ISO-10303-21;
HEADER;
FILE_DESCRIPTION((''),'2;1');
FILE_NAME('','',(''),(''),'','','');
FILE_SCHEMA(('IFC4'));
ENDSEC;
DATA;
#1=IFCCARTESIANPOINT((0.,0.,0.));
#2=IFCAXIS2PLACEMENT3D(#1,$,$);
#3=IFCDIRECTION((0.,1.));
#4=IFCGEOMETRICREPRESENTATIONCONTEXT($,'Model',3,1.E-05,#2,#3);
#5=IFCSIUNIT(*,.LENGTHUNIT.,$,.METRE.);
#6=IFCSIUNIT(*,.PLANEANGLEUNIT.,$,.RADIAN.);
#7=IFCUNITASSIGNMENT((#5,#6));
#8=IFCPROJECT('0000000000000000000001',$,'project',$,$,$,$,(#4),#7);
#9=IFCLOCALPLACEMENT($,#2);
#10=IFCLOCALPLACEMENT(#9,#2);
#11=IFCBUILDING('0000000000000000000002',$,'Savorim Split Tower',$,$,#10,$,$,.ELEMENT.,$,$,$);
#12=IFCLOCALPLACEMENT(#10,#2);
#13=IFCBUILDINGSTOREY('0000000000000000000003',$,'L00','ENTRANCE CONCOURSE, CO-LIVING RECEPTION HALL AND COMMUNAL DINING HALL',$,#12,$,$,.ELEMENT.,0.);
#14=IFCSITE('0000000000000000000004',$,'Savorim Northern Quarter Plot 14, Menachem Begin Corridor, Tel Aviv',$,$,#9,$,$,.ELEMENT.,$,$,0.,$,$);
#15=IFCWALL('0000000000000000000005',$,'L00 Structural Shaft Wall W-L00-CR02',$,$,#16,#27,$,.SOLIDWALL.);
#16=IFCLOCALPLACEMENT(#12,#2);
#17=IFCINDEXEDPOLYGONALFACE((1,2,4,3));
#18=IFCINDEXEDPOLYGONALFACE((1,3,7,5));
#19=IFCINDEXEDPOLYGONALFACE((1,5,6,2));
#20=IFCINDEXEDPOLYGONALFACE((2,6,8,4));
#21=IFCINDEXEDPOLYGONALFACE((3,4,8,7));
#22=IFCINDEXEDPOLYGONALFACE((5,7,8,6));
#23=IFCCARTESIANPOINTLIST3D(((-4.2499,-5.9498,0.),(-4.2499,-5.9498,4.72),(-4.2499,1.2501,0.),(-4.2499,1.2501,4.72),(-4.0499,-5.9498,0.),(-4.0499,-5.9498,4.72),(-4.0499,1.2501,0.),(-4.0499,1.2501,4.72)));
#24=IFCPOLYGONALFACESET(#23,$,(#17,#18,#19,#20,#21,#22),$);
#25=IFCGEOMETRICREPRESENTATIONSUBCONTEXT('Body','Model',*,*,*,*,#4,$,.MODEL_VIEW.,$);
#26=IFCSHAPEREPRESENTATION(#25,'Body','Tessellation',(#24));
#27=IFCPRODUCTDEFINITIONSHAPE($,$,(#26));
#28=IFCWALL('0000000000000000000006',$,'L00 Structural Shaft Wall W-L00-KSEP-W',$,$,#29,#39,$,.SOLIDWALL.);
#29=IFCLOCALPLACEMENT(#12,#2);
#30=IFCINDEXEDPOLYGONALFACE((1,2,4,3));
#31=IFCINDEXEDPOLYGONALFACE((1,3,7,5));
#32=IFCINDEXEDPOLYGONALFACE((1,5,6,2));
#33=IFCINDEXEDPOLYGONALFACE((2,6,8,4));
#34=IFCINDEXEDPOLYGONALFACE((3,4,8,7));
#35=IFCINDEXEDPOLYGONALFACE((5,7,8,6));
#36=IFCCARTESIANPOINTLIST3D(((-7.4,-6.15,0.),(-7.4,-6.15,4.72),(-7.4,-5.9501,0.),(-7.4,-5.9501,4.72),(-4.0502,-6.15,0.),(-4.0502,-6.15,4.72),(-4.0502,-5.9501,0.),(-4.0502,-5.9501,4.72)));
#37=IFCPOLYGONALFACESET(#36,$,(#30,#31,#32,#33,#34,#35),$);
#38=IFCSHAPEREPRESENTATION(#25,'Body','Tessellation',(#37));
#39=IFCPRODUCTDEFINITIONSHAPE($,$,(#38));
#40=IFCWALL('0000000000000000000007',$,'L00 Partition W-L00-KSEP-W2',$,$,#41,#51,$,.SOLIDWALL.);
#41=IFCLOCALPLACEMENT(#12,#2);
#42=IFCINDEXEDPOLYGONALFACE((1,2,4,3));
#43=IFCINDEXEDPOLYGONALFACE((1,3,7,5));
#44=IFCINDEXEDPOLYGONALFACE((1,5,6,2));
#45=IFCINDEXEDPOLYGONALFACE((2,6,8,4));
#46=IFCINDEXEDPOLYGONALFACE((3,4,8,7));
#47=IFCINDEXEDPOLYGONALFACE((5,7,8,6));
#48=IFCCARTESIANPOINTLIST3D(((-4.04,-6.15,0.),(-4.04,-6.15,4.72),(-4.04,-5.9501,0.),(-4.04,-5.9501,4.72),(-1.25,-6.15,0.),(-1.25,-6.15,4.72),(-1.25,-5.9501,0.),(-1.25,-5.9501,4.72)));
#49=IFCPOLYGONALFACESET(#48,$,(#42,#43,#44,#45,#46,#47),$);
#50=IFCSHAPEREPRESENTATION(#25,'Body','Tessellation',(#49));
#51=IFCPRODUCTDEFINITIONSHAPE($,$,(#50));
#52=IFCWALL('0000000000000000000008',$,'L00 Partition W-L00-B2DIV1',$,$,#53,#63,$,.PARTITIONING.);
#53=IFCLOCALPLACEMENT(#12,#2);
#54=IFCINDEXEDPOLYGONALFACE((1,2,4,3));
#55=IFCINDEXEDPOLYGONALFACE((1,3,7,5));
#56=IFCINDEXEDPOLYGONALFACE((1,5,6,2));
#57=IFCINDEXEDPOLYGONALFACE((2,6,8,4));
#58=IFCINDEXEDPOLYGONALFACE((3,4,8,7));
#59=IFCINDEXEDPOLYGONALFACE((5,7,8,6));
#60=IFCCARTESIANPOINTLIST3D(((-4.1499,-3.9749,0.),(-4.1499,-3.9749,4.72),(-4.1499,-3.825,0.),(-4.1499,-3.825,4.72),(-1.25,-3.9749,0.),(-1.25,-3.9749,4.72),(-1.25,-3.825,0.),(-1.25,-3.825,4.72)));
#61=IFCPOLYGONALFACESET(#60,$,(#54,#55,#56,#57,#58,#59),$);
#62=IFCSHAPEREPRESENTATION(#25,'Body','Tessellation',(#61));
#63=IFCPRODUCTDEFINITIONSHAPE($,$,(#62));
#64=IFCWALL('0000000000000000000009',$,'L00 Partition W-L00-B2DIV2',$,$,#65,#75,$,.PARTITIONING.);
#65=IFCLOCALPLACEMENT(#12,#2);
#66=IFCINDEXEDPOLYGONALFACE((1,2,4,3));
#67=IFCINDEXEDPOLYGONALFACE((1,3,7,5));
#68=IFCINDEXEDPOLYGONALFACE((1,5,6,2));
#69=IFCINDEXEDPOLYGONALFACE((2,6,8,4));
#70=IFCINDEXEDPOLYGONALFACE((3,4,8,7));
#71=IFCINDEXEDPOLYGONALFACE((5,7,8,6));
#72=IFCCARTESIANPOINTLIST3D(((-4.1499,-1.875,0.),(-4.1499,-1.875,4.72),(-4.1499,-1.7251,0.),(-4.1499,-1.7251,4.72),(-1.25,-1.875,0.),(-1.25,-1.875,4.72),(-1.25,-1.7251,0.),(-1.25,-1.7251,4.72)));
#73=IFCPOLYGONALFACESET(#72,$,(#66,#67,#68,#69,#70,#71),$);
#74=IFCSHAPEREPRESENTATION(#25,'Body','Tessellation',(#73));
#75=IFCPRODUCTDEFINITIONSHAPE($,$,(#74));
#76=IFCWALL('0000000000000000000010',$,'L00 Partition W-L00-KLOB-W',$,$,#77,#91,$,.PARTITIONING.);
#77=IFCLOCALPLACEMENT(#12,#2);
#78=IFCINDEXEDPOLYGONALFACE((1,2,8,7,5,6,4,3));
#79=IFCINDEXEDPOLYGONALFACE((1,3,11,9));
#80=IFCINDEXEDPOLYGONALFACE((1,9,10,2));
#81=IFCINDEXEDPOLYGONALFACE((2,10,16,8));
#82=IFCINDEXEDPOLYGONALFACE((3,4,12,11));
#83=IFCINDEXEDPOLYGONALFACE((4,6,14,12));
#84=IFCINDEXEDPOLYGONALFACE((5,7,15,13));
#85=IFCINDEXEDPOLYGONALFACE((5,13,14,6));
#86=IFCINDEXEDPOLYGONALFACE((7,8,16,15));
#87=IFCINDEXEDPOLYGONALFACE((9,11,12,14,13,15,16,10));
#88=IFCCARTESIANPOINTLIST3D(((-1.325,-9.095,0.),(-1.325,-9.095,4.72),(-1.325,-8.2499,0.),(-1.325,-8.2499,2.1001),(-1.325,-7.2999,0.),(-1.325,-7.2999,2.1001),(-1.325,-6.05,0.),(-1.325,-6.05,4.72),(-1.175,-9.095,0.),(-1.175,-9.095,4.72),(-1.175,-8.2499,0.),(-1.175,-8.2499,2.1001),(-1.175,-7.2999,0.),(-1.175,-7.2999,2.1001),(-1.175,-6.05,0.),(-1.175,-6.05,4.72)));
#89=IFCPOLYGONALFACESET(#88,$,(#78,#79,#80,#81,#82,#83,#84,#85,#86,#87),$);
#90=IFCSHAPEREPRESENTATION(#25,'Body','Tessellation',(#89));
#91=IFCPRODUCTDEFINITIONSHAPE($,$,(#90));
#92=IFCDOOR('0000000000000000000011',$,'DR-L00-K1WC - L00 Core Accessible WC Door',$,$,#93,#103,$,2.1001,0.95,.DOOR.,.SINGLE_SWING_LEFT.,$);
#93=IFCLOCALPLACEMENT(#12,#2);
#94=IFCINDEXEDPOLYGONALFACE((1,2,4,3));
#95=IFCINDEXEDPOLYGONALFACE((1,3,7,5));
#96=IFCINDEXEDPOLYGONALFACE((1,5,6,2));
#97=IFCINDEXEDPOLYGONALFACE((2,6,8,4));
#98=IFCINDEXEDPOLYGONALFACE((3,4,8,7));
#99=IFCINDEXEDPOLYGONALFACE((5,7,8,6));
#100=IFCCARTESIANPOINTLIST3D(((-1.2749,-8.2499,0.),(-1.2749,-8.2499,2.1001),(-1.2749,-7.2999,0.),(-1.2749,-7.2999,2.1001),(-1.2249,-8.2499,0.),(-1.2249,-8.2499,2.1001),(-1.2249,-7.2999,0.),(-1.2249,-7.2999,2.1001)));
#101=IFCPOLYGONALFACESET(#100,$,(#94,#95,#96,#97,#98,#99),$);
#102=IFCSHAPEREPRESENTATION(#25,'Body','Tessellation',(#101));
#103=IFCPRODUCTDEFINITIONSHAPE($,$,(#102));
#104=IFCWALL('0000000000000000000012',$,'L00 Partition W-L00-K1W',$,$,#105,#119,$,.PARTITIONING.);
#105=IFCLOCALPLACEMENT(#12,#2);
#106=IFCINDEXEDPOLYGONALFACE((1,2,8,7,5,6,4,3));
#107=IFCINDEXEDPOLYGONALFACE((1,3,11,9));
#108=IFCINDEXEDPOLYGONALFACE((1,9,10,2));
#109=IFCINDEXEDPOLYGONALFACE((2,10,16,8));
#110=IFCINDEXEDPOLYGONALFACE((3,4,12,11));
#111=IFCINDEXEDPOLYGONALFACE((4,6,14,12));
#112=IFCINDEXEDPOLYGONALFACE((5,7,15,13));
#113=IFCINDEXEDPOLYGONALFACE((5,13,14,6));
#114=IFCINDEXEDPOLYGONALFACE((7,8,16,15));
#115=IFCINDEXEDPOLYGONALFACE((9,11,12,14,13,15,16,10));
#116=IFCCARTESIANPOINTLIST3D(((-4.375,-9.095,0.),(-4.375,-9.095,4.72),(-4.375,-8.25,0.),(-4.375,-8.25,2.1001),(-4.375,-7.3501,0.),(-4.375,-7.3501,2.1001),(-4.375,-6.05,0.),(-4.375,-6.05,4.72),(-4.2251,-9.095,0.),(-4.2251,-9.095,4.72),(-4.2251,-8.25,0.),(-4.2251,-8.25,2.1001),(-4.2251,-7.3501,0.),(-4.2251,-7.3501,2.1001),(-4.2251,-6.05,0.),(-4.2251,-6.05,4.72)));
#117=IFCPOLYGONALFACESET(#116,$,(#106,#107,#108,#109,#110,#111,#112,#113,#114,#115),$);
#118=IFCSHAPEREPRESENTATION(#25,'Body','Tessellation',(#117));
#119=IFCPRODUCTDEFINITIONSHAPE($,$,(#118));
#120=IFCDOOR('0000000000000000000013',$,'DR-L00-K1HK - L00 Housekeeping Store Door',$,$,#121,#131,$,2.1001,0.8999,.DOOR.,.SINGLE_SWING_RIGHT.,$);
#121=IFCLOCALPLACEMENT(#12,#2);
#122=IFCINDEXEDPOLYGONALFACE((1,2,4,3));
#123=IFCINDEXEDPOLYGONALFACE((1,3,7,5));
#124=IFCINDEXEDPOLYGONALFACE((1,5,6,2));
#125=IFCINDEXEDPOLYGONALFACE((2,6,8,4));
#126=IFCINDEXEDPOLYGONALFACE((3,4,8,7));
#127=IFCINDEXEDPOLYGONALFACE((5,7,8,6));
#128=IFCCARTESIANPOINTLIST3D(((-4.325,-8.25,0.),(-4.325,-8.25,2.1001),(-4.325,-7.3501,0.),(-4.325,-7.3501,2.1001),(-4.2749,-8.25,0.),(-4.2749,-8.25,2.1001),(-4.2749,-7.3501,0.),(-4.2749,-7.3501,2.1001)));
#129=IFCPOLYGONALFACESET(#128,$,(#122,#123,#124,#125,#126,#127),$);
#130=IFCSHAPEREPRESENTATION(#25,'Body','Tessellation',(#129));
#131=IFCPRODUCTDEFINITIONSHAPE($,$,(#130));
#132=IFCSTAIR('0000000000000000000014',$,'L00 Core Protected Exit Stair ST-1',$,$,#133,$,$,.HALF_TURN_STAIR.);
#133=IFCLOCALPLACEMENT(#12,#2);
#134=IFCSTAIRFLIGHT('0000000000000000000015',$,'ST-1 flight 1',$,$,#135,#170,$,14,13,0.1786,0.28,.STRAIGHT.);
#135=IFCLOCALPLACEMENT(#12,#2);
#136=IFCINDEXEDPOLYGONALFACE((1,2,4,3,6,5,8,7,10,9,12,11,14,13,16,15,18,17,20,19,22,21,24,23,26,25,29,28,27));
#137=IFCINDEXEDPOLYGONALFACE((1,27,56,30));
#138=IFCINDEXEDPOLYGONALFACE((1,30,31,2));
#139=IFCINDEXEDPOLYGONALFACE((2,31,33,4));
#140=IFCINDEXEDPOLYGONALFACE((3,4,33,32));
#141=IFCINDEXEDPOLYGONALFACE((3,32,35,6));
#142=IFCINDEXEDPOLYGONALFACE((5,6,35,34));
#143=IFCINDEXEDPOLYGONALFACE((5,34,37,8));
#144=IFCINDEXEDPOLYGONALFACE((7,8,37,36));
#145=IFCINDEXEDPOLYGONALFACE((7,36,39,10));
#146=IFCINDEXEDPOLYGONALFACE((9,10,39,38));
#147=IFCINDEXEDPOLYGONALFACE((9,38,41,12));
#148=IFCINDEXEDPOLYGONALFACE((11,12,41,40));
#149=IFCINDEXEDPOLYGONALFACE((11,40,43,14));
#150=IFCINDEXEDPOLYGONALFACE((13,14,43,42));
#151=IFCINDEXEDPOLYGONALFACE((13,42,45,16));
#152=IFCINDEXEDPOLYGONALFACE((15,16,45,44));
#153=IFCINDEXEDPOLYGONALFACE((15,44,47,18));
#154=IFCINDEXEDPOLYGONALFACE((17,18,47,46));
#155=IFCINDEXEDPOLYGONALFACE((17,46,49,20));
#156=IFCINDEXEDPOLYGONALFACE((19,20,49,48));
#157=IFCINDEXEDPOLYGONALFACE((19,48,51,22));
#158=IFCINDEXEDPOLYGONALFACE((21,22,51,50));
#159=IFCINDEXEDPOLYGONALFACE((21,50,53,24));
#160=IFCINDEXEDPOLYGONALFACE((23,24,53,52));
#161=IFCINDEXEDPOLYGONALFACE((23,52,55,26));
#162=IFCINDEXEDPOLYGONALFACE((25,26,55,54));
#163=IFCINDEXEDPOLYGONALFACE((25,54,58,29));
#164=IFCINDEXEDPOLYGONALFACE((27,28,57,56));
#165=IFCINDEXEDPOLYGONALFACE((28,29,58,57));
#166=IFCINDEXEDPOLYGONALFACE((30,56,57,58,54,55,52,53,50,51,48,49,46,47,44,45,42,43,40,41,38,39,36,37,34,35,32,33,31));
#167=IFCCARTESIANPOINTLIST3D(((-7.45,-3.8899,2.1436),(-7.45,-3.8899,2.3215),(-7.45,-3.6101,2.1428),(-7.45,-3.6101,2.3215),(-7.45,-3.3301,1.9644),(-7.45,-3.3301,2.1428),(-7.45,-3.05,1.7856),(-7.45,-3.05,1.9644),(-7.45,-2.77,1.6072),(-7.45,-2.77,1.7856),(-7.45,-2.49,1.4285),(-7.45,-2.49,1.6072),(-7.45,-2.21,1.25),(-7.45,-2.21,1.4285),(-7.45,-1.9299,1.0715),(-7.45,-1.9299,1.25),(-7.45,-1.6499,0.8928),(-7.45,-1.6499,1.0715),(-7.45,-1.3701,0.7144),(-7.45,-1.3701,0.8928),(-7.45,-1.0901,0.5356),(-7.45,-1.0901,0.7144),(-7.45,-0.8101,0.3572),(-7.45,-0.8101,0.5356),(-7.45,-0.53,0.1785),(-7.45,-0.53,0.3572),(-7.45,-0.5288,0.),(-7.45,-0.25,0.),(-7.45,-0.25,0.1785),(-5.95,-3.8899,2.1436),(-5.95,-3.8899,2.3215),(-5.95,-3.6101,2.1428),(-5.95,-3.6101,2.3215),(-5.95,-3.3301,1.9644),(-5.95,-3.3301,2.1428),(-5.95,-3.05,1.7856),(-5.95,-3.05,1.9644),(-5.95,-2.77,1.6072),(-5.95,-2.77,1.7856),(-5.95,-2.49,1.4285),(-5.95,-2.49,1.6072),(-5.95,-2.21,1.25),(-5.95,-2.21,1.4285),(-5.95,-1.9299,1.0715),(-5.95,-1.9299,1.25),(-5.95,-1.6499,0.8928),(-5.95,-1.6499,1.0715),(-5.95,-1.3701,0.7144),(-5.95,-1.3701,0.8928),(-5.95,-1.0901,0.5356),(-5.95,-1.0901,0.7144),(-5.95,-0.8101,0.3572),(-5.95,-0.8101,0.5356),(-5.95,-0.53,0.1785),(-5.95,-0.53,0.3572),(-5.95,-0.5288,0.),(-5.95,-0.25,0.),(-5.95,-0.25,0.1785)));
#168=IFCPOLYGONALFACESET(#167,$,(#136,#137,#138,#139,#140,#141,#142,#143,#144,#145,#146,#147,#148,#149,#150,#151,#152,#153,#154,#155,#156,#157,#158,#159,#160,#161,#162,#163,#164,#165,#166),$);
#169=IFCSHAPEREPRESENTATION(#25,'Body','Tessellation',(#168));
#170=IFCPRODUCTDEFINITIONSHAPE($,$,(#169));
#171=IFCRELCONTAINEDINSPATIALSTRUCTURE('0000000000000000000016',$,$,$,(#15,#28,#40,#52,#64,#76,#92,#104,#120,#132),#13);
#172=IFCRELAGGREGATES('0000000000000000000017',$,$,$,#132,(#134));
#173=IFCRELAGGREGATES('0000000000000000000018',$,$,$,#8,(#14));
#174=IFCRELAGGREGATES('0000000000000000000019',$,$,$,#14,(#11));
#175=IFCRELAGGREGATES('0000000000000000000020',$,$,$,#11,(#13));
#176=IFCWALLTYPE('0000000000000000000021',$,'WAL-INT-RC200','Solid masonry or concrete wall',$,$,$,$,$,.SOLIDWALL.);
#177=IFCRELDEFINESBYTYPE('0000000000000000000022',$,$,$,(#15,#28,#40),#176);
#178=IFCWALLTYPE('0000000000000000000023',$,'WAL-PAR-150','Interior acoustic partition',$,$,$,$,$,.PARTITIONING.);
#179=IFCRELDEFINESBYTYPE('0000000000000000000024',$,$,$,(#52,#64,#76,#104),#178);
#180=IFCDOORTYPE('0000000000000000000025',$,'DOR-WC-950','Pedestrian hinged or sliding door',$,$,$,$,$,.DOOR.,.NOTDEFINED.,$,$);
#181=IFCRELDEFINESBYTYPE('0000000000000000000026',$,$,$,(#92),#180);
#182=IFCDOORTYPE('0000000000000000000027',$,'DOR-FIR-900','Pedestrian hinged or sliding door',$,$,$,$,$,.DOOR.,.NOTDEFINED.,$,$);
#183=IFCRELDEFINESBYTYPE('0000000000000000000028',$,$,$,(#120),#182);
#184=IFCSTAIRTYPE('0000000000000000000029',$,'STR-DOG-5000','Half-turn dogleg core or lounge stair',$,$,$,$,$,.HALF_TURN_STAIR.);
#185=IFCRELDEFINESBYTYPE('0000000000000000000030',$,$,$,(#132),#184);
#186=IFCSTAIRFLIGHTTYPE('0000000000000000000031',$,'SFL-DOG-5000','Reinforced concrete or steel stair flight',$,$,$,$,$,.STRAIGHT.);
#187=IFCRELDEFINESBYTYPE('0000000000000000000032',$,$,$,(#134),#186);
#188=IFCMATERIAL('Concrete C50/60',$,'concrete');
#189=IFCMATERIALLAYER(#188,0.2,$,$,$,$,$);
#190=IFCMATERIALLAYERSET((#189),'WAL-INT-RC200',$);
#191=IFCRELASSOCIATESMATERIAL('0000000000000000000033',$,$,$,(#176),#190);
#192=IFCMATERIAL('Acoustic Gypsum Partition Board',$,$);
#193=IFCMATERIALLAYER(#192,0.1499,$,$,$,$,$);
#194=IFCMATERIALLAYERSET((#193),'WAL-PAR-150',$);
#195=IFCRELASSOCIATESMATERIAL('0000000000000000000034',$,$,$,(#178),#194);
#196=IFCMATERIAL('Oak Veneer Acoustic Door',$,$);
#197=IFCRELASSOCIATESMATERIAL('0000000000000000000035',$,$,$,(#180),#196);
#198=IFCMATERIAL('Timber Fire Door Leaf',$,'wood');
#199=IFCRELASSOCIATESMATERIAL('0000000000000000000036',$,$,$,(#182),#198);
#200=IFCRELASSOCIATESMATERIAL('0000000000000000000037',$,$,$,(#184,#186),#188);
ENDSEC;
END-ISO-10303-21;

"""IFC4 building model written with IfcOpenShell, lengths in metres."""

from ifc_helpers import new_model, si_unit, direction, frame, frame_2d, origin, place, context, subcontext, project, spatial, polyline, rectangle, outline, extrude, material, layer, layer_set, type_object, element, fill, aggregate, save


model = new_model("IFC4")

# Units and contexts
model_context = context("Model", 3, precision=1e-05, world=origin(), true_north=direction((0.0, 1.0)))
body_context = subcontext(model_context, "Body", "Model", "MODEL_VIEW")
ifc_project = project(units=[si_unit("LENGTHUNIT", "METRE"), si_unit("PLANEANGLEUNIT", "RADIAN")], contexts=[model_context])

# Site, building, storey
site_placement = place(None, origin())
site = spatial("IfcSite", under=ifc_project, at=site_placement, Name="Savorim Northern Quarter Plot 14, Menachem Begin Corridor, Tel Aviv", CompositionType="ELEMENT", RefElevation=0.0)
building_placement = place(site_placement, origin())
building = spatial("IfcBuilding", under=site, at=building_placement, Name="Savorim Split Tower", CompositionType="ELEMENT")
storey_placement = place(building_placement, origin())
storey = spatial("IfcBuildingStorey", under=building, at=storey_placement, Name="L00", Description="ENTRANCE CONCOURSE, CO-LIVING RECEPTION HALL AND COMMUNAL DINING HALL", CompositionType="ELEMENT", Elevation=0.0)

# Wall
ifc_material_1 = material(Name="Concrete C50/60", Category="concrete")
ifc_layer_1 = layer(ifc_material_1, 0.2)
ifc_layer_set_1 = layer_set([ifc_layer_1], Name="WAL-INT-RC200")
wall_type_1 = type_object("IfcWallType", Name="WAL-INT-RC200", Description="Solid masonry or concrete wall", PredefinedType="SOLIDWALL", material=ifc_layer_set_1)
wall_1_placement = place(storey_placement, frame((-4.1499, -5.95, 0.0), z_axis=(0.0, 0.0, 1.0), x_axis=(0.0, 1.0, 0.0)))
element("IfcWall", 1, at=wall_1_placement, inside=storey, type_object=wall_type_1, Name="L00 Structural Shaft Wall W-L00-CR02", PredefinedType="SOLIDWALL", context=body_context, shape_type="SweptSolid", body=[
    extrude(rectangle(XDim=7.2, YDim=0.2, at=frame_2d((3.6001, 0.0))), origin(), (0.0, 0.0, 1.0), 4.72),
])

# Walls
wall_2_placement = place(storey_placement, frame((-7.3999, -6.05, 0.0), z_axis=(0.0, 0.0, 1.0), x_axis=(1.0, 0.0, 0.0)))
element("IfcWall", 2, at=wall_2_placement, inside=storey, type_object=wall_type_1, Name="L00 Structural Shaft Wall W-L00-KSEP-W", PredefinedType="SOLIDWALL", context=body_context, shape_type="SweptSolid", body=[
    extrude(rectangle(XDim=3.3499, YDim=0.2, at=frame_2d((1.6748, 0.0))), origin(), (0.0, 0.0, 1.0), 4.72),
])
wall_3_placement = place(storey_placement, frame((-4.04, -6.05, 0.0), z_axis=(0.0, 0.0, 1.0), x_axis=(1.0, 0.0, 0.0)))
element("IfcWall", 3, at=wall_3_placement, inside=storey, type_object=wall_type_1, Name="L00 Partition W-L00-KSEP-W2", PredefinedType="SOLIDWALL", context=body_context, shape_type="SweptSolid", body=[
    extrude(rectangle(XDim=2.79, YDim=0.2, at=frame_2d((1.395, 0.0))), origin(), (0.0, 0.0, 1.0), 4.72),
])
ifc_material_2 = material(Name="Acoustic Gypsum Partition Board")
ifc_layer_2 = layer(ifc_material_2, 0.1499)
ifc_layer_set_2 = layer_set([ifc_layer_2], Name="WAL-PAR-150")
wall_type_2 = type_object("IfcWallType", Name="WAL-PAR-150", Description="Interior acoustic partition", PredefinedType="PARTITIONING", material=ifc_layer_set_2)
for number, where, z_axis, x_axis, name in (
    (4, (-4.1499, -3.8999, 0.0), (0.0, 0.0, 1.0), (1.0, 0.0, 0.0), "L00 Partition W-L00-B2DIV1"),
    (5, (-4.1499, -1.8, 0.0), (0.0, 0.0, 1.0), (1.0, 0.0, 0.0), "L00 Partition W-L00-B2DIV2"),
):
    element("IfcWall", number, at=place(storey_placement, frame(where, z_axis=z_axis, x_axis=x_axis)), inside=storey, type_object=wall_type_2, Name=name, PredefinedType="PARTITIONING", context=body_context, shape_type="SweptSolid", body=[
        extrude(rectangle(XDim=2.8999, YDim=0.1499, at=frame_2d((1.45, 0.0))), origin(), (0.0, 0.0, 1.0), 4.72),
    ])

# Walls, openings, doors
wall_4_placement = place(storey_placement, frame((-1.25, -9.095, 0.0), z_axis=(0.0, 0.0, 1.0), x_axis=(0.0, 1.0, 0.0)))
wall_4 = element("IfcWall", 6, at=wall_4_placement, inside=storey, type_object=wall_type_2, Name="L00 Partition W-L00-KLOB-W", PredefinedType="PARTITIONING", context=body_context, shape_type="SweptSolid", body=[
    extrude(rectangle(XDim=3.0449, YDim=0.1499, at=frame_2d((1.5225, 0.0))), origin(), (0.0, 0.0, 1.0), 4.72),
])
opening_1_placement = place(wall_4_placement, frame((0.845, 0.0, 0.0)))
opening_1 = element("IfcOpeningElement", 7, at=opening_1_placement, cuts=wall_4, PredefinedType="OPENING", context=body_context, shape_type="SweptSolid", body=[
    extrude(rectangle(XDim=0.95, YDim=2.1001, at=frame_2d((0.4751, 1.05))), frame((0.0, 0.085, 0.0), z_axis=(0.0, -1.0, 0.0), x_axis=(1.0, 0.0, 0.0)), (0.0, 0.0, 1.0), 0.1699),
])
ifc_material_3 = material(Name="Oak Veneer Acoustic Door")
door_type_1 = type_object("IfcDoorType", Name="DOR-WC-950", Description="Pedestrian hinged or sliding door", OperationType="NOTDEFINED", PredefinedType="DOOR", material=ifc_material_3)
door_1_placement = place(opening_1_placement, origin())
door_1 = element("IfcDoor", 8, at=door_1_placement, inside=storey, type_object=door_type_1, Name="DR-L00-K1WC - L00 Core Accessible WC Door", OperationType="SINGLE_SWING_LEFT", OverallHeight=2.1001, OverallWidth=0.95, PredefinedType="DOOR", context=body_context, shape_type="SweptSolid", body=[
    extrude(rectangle(XDim=0.95, YDim=2.1001, at=frame_2d((0.4751, 1.05))), frame((0.0, 0.0249, 0.0), z_axis=(0.0, -1.0, 0.0), x_axis=(1.0, 0.0, 0.0)), (0.0, 0.0, 1.0), 0.05),
])
fill(opening_1, door_1)
wall_5_placement = place(storey_placement, frame((-4.3, -9.095, 0.0), z_axis=(0.0, 0.0, 1.0), x_axis=(0.0, 1.0, 0.0)))
wall_5 = element("IfcWall", 9, at=wall_5_placement, inside=storey, type_object=wall_type_2, Name="L00 Partition W-L00-K1W", PredefinedType="PARTITIONING", context=body_context, shape_type="SweptSolid", body=[
    extrude(rectangle(XDim=3.0449, YDim=0.1499, at=frame_2d((1.5225, 0.0))), origin(), (0.0, 0.0, 1.0), 4.72),
])
opening_2_placement = place(wall_5_placement, frame((0.845, 0.0, 0.0)))
opening_2 = element("IfcOpeningElement", 10, at=opening_2_placement, cuts=wall_5, PredefinedType="OPENING", context=body_context, shape_type="SweptSolid", body=[
    extrude(rectangle(XDim=0.8999, YDim=2.1001, at=frame_2d((0.45, 1.05))), frame((0.0, 0.085, 0.0), z_axis=(0.0, -1.0, 0.0), x_axis=(1.0, 0.0, 0.0)), (0.0, 0.0, 1.0), 0.1699),
])
ifc_material_4 = material(Name="Timber Fire Door Leaf", Category="wood")
door_type_2 = type_object("IfcDoorType", Name="DOR-FIR-900", Description="Pedestrian hinged or sliding door", OperationType="NOTDEFINED", PredefinedType="DOOR", material=ifc_material_4)
door_2_placement = place(opening_2_placement, origin())
door_2 = element("IfcDoor", 11, at=door_2_placement, inside=storey, type_object=door_type_2, Name="DR-L00-K1HK - L00 Housekeeping Store Door", OperationType="SINGLE_SWING_RIGHT", OverallHeight=2.1001, OverallWidth=0.8999, PredefinedType="DOOR", context=body_context, shape_type="SweptSolid", body=[
    extrude(rectangle(XDim=0.8999, YDim=2.1001, at=frame_2d((0.45, 1.05))), frame((0.0, 0.0249, 0.0), z_axis=(0.0, -1.0, 0.0), x_axis=(1.0, 0.0, 0.0)), (0.0, 0.0, 1.0), 0.05),
])
fill(opening_2, door_2)

# Stair, stair flight
stair_type = type_object("IfcStairType", Name="STR-DOG-5000", Description="Half-turn dogleg core or lounge stair", PredefinedType="HALF_TURN_STAIR", material=ifc_material_1)
stair_placement = place(storey_placement, origin())
stair = element("IfcStair", 12, at=stair_placement, inside=storey, type_object=stair_type, Name="L00 Core Protected Exit Stair ST-1", PredefinedType="HALF_TURN_STAIR")
stair_flight_type = type_object("IfcStairFlightType", Name="SFL-DOG-5000", Description="Reinforced concrete or steel stair flight", PredefinedType="STRAIGHT", material=ifc_material_1)
stair_flight_1_placement = place(storey_placement, frame((-6.7, -0.25, 0.0), z_axis=(0.0, 0.0, 1.0), x_axis=(0.0, -1.0, 0.0)))
stair_flight_1 = element("IfcStairFlight", 13, at=stair_flight_1_placement, type_object=stair_flight_type, Name="ST-1 flight 1", NumberOfRisers=14, NumberOfTreads=13, PredefinedType="STRAIGHT", RiserHeight=0.1786, TreadLength=0.28, context=body_context, shape_type="SweptSolid", body=[
    extrude(outline(polyline([(0.0, 0.0), (0.0, 0.1785), (0.28, 0.1785), (0.28, 0.3572), (0.5601, 0.3572), (0.5601, 0.5356), (0.8401, 0.5356), (0.8401, 0.7144), (1.1201, 0.7144), (1.1201, 0.8928), (1.3999, 0.8928), (1.3999, 1.0715), (1.6799, 1.0715), (1.6799, 1.25), (1.96, 1.25), (1.96, 1.4285), (2.24, 1.4285), (2.24, 1.6072), (2.52, 1.6072), (2.52, 1.7856), (2.8, 1.7856), (2.8, 1.9644), (3.0801, 1.9644), (3.0801, 2.1428), (3.3601, 2.1428), (3.3601, 2.3215), (3.6399, 2.3215), (3.6399, 2.5), (3.6399, 2.1436), (0.2788, 0.0), (0.0, 0.0)])), frame((0.0, 0.75, 0.0), z_axis=(0.0, -1.0, 0.0), x_axis=(1.0, 0.0, 0.0)), (0.0, 0.0, 1.0), 1.5),
])
aggregate(stair, [stair_flight_1])

save(model, "model.ifc")
